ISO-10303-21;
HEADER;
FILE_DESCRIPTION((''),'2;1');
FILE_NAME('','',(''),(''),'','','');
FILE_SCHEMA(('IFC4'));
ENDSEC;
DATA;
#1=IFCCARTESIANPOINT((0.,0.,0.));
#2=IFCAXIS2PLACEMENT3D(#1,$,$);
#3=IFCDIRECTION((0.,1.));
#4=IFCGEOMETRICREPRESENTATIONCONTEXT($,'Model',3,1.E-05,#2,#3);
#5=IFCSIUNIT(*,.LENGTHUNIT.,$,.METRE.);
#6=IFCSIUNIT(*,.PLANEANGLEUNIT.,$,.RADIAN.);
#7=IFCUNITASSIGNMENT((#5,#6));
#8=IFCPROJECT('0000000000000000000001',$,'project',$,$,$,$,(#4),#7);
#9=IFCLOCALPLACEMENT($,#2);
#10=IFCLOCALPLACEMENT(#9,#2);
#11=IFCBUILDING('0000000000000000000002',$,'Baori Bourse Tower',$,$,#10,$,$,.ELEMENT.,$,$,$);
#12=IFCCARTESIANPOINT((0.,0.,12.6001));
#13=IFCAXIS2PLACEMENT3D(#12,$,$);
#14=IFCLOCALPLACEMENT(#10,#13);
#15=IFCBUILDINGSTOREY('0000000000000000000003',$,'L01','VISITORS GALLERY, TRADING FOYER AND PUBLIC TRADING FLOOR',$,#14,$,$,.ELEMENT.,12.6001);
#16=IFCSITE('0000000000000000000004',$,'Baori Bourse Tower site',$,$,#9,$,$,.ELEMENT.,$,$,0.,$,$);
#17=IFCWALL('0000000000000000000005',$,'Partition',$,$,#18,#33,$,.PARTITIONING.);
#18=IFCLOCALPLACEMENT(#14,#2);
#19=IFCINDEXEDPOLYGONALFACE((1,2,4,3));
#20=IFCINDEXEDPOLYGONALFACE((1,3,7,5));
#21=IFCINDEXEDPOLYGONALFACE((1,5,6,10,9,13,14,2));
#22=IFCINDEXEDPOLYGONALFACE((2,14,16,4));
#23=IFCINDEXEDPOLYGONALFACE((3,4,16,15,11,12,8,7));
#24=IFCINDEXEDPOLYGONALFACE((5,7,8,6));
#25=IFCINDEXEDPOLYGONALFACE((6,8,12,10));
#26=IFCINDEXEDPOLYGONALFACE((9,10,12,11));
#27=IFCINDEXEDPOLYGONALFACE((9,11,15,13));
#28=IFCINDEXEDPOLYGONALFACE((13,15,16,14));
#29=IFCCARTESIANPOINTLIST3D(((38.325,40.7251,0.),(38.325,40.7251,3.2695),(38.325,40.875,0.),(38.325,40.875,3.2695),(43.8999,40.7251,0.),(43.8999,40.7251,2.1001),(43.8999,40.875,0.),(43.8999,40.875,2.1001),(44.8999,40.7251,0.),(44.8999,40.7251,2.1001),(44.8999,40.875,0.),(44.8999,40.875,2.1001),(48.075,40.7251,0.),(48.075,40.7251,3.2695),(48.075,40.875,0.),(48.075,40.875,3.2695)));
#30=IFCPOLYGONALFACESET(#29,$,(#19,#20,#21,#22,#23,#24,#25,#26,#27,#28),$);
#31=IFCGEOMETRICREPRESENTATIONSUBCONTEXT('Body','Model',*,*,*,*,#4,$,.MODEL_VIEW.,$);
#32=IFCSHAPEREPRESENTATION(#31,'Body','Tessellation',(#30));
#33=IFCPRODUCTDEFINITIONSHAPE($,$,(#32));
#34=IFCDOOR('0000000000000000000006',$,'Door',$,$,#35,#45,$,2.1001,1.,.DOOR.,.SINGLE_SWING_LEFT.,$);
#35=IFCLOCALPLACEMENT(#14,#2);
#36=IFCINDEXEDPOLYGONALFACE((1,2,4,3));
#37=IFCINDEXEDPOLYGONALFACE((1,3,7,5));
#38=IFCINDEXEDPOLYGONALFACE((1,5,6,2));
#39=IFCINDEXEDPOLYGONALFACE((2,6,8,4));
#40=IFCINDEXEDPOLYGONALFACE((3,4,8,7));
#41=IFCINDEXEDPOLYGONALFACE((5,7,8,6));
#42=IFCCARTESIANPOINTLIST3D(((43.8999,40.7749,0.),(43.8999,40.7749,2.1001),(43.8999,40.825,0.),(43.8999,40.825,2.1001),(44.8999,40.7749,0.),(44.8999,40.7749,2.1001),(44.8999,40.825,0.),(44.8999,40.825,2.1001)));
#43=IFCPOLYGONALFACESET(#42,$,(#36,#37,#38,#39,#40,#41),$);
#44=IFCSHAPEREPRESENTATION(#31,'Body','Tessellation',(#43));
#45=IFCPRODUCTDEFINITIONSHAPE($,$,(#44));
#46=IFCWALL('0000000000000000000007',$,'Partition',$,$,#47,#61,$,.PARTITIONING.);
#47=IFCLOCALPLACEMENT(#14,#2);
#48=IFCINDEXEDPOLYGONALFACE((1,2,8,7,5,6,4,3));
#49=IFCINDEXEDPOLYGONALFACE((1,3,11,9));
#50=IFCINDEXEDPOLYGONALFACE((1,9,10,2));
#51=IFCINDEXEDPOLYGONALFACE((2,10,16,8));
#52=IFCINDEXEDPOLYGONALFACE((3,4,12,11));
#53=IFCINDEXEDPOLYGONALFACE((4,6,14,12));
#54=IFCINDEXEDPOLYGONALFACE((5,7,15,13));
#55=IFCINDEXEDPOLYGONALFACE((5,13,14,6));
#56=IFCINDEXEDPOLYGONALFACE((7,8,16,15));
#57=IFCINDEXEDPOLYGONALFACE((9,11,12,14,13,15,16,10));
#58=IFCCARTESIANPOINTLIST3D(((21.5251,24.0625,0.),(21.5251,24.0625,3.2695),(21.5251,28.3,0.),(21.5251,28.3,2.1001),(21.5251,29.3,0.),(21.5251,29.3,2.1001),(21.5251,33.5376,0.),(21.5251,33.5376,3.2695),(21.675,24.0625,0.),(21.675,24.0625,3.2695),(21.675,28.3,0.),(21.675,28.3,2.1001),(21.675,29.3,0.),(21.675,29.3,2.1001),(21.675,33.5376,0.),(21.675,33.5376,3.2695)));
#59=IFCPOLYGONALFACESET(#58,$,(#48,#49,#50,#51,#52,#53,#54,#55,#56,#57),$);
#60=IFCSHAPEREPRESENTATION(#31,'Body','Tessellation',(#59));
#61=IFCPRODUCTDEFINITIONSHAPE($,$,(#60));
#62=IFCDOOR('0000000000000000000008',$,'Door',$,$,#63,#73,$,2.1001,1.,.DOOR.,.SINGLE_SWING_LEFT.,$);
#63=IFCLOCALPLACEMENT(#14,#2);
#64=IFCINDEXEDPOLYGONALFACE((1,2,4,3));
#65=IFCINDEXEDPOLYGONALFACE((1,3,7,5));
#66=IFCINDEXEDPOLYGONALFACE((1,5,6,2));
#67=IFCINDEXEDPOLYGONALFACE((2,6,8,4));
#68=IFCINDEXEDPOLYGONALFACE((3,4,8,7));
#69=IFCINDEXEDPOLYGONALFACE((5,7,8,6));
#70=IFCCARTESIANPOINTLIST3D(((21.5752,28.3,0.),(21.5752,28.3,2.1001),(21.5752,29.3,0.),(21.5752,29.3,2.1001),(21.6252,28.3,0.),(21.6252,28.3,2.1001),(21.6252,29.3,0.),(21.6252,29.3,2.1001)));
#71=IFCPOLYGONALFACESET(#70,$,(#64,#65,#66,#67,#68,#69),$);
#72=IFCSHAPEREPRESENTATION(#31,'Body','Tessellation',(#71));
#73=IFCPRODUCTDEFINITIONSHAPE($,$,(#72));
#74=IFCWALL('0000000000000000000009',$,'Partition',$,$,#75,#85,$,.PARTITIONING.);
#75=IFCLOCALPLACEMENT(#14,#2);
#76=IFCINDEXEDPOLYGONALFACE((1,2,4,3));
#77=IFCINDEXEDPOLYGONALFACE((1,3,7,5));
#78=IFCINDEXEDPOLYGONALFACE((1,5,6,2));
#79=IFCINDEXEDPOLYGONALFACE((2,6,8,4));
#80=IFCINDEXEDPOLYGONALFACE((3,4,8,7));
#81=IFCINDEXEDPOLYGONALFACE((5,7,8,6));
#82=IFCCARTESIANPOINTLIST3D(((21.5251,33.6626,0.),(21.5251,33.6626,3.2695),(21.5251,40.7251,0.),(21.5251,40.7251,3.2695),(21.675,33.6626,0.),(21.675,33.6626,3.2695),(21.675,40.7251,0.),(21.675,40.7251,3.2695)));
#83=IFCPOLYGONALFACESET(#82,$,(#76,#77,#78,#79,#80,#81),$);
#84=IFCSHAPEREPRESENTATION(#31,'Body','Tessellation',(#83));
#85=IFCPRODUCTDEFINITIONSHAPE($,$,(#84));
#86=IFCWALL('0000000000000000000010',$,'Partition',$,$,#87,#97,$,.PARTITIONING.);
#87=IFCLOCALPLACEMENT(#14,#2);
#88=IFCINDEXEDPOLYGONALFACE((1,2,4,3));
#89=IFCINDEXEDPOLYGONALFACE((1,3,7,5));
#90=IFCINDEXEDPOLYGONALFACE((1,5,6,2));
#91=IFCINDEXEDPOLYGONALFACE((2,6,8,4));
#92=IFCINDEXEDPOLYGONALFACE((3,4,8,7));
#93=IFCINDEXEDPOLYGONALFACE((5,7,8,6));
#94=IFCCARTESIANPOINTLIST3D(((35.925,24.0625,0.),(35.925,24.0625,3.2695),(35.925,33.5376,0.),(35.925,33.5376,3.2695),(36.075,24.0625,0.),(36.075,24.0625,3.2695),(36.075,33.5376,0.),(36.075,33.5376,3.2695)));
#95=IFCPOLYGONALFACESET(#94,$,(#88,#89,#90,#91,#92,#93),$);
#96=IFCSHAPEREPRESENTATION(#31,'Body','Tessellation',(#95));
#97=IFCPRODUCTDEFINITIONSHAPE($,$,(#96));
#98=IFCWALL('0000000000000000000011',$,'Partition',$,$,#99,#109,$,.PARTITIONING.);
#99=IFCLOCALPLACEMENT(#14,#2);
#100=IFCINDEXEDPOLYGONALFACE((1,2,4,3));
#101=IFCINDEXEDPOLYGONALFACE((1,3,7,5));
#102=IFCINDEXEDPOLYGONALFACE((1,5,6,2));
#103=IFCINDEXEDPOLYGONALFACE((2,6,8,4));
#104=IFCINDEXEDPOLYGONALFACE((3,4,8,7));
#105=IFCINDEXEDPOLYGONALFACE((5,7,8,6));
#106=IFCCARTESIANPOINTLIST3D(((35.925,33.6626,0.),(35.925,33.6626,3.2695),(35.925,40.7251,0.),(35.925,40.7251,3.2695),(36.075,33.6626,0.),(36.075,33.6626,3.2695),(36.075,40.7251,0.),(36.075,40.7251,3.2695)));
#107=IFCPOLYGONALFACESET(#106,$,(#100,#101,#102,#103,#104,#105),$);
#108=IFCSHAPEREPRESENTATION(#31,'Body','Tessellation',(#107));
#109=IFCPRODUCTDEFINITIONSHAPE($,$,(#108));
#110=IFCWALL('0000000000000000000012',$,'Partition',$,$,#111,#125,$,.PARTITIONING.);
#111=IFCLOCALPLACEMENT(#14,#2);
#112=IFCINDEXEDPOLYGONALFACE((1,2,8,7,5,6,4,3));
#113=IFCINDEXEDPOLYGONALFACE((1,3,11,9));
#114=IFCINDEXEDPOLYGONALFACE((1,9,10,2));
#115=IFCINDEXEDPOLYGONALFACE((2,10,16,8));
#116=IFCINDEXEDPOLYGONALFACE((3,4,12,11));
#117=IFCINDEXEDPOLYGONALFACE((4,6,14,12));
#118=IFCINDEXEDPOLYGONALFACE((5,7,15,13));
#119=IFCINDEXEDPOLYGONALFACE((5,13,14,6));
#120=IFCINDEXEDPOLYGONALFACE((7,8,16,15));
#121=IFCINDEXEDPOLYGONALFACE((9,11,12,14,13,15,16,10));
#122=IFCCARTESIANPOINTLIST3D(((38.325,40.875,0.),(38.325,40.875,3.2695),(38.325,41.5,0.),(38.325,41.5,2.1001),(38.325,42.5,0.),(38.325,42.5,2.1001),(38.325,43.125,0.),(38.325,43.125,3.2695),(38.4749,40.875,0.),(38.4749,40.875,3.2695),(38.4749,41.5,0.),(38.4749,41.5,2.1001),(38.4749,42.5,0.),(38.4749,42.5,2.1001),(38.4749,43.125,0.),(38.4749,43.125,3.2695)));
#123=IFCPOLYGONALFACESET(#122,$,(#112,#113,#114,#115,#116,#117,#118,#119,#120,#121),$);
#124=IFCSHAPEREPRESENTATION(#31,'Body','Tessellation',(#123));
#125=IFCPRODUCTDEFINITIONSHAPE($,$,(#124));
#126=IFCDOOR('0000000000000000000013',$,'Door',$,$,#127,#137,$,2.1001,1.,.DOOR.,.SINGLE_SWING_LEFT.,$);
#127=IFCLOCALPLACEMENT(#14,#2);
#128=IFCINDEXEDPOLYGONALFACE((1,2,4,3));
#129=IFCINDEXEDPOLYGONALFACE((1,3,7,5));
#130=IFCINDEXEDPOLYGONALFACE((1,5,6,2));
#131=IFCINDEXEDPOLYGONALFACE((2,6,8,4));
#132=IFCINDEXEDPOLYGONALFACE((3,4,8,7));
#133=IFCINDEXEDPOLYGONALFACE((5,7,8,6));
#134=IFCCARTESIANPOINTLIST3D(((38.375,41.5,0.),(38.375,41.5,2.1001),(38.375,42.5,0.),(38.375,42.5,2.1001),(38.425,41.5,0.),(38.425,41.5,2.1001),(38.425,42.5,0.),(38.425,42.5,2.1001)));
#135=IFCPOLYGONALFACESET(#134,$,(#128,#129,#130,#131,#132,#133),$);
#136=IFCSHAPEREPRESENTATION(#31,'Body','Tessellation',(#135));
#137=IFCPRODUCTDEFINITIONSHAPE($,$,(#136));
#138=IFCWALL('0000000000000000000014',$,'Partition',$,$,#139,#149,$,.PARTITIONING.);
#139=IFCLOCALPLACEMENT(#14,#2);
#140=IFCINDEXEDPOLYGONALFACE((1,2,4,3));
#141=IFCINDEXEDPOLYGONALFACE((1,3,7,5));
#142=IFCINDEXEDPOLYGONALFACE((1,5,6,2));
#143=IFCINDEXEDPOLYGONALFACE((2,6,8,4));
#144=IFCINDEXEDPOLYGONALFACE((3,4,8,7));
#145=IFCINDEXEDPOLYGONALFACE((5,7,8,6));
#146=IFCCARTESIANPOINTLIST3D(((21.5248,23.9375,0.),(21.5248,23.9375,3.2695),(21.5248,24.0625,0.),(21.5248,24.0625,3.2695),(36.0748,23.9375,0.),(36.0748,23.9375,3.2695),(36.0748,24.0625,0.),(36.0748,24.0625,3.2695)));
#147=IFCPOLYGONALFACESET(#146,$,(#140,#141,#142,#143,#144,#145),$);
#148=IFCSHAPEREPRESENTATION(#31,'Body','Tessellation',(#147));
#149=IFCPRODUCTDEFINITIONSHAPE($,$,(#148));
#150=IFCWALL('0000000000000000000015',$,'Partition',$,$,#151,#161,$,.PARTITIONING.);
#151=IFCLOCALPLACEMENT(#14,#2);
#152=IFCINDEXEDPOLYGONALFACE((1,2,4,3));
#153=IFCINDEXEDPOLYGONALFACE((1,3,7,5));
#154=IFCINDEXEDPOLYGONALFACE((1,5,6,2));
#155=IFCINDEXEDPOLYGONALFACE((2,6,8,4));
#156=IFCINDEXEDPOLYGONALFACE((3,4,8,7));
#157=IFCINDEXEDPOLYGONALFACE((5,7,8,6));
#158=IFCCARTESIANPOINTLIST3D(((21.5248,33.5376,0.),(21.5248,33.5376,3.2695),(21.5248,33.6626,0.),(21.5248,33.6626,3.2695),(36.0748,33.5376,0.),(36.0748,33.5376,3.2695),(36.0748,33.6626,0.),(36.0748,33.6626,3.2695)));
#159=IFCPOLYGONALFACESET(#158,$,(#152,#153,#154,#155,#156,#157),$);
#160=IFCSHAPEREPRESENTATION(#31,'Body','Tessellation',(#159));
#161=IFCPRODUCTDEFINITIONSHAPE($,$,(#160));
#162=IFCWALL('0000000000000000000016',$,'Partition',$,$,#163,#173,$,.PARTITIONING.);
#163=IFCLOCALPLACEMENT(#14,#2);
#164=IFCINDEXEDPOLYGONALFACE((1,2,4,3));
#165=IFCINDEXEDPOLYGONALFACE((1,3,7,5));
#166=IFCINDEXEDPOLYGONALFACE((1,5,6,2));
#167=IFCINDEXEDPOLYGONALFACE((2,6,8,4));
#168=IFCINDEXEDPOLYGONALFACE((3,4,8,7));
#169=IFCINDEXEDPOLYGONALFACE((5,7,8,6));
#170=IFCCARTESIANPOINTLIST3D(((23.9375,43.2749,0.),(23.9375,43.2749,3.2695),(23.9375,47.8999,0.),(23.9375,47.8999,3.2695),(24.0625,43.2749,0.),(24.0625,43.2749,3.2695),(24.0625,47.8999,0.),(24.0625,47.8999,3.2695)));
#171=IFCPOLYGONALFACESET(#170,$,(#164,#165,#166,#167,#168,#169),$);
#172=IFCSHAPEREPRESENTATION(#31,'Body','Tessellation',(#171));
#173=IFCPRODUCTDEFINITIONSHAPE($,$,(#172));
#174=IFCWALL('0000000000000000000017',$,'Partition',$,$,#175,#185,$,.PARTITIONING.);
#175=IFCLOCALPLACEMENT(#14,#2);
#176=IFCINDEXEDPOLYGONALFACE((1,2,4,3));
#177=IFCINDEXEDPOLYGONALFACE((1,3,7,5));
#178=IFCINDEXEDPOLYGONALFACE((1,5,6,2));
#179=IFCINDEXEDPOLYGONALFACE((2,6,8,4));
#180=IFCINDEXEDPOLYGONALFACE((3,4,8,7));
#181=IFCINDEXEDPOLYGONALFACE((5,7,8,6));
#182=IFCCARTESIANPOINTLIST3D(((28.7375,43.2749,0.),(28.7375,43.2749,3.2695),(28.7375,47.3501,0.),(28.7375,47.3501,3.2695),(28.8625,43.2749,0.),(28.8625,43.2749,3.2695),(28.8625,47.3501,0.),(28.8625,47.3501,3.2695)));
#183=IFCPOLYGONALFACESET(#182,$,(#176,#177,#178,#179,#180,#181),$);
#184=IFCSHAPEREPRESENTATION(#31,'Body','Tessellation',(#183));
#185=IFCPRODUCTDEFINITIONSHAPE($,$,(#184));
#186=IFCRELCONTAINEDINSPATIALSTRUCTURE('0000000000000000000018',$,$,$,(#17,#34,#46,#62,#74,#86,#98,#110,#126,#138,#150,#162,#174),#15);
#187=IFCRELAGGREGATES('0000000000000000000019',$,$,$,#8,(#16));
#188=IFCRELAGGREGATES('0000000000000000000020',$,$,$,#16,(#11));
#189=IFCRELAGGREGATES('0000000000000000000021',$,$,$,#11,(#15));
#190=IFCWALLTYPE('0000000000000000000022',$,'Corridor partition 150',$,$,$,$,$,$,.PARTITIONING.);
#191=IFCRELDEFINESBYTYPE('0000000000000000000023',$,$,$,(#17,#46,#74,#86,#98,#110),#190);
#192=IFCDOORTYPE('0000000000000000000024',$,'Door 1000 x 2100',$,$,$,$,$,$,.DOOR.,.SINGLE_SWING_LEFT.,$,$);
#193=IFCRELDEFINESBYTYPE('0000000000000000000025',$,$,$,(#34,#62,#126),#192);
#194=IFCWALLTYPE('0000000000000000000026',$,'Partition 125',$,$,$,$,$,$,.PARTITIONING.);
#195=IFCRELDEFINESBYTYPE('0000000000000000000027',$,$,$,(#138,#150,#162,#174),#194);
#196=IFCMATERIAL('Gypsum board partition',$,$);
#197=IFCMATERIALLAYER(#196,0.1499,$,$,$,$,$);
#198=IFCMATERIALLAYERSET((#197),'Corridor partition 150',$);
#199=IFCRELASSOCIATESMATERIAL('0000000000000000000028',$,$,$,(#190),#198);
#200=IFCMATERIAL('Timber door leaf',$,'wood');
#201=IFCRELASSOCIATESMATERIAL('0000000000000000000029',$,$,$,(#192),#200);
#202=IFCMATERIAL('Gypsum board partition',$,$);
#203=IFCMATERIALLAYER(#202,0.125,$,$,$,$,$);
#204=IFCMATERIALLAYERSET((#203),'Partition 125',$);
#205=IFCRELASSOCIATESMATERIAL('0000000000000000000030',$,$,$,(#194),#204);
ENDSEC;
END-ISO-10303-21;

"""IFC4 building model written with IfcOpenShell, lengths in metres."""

from ifc_helpers import new_model, si_unit, direction, frame, frame_2d, origin, place, context, subcontext, project, spatial, rectangle, extrude, material, layer, layer_set, type_object, element, fill, save


model = new_model("IFC4")

# Units and contexts
model_context = context("Model", 3, precision=1e-05, world=origin(), true_north=direction((0.0, 1.0)))
body_context = subcontext(model_context, "Body", "Model", "MODEL_VIEW")
ifc_project = project(units=[si_unit("LENGTHUNIT", "METRE"), si_unit("PLANEANGLEUNIT", "RADIAN")], contexts=[model_context])

# Site, building, storey
site_placement = place(None, origin())
site = spatial("IfcSite", under=ifc_project, at=site_placement, Name="Baori Bourse Tower site", CompositionType="ELEMENT", RefElevation=0.0)
building_placement = place(site_placement, origin())
building = spatial("IfcBuilding", under=site, at=building_placement, Name="Baori Bourse Tower", CompositionType="ELEMENT")
storey_placement = place(building_placement, frame((0.0, 0.0, 12.6001)))
storey = spatial("IfcBuildingStorey", under=building, at=storey_placement, Name="L01", Description="VISITORS GALLERY, TRADING FOYER AND PUBLIC TRADING FLOOR", CompositionType="ELEMENT", Elevation=12.6001)

# Walls, openings, doors
ifc_material_1 = material(Name="Gypsum board partition")
ifc_layer_1 = layer(ifc_material_1, 0.1499)
ifc_layer_set_1 = layer_set([ifc_layer_1], Name="Corridor partition 150")
wall_type_1 = type_object("IfcWallType", Name="Corridor partition 150", PredefinedType="PARTITIONING", material=ifc_layer_set_1)
ifc_material_2 = material(Name="Timber door leaf", Category="wood")
door_type_1 = type_object("IfcDoorType", Name="Door 1000 x 2100", OperationType="SINGLE_SWING_LEFT", PredefinedType="DOOR", material=ifc_material_2)
wall_1_placement = place(storey_placement, frame((38.325, 40.8, 0.0), z_axis=(0.0, 0.0, 1.0), x_axis=(1.0, 0.0, 0.0)))
wall_1 = element("IfcWall", 1, at=wall_1_placement, inside=storey, type_object=wall_type_1, Name="Partition", PredefinedType="PARTITIONING", context=body_context, shape_type="SweptSolid", body=[
    extrude(rectangle(XDim=9.75, YDim=0.1499, at=frame_2d((4.875, 0.0))), origin(), (0.0, 0.0, 1.0), 3.2695),
])
opening_1_placement = place(wall_1_placement, frame((5.575, 0.0, 0.0)))
opening_1 = element("IfcOpeningElement", 2, at=opening_1_placement, cuts=wall_1, PredefinedType="OPENING", context=body_context, shape_type="SweptSolid", body=[
    extrude(rectangle(XDim=1.0, YDim=2.1001, at=frame_2d((0.5, 1.05))), frame((0.0, 0.085, 0.0), z_axis=(0.0, -1.0, 0.0), x_axis=(1.0, 0.0, 0.0)), (0.0, 0.0, 1.0), 0.1699),
])
door_1_placement = place(opening_1_placement, origin())
door_1 = element("IfcDoor", 3, at=door_1_placement, inside=storey, type_object=door_type_1, Name="Door", OperationType="SINGLE_SWING_LEFT", OverallHeight=2.1001, OverallWidth=1.0, PredefinedType="DOOR", context=body_context, shape_type="SweptSolid", body=[
    extrude(rectangle(XDim=1.0, YDim=2.1001, at=frame_2d((0.5, 1.05))), frame((0.0, 0.0249, 0.0), z_axis=(0.0, -1.0, 0.0), x_axis=(1.0, 0.0, 0.0)), (0.0, 0.0, 1.0), 0.05),
])
fill(opening_1, door_1)
wall_2_placement = place(storey_placement, frame((21.6001, 24.0625, 0.0), z_axis=(0.0, 0.0, 1.0), x_axis=(0.0, 1.0, 0.0)))
wall_2 = element("IfcWall", 4, at=wall_2_placement, inside=storey, type_object=wall_type_1, Name="Partition", PredefinedType="PARTITIONING", context=body_context, shape_type="SweptSolid", body=[
    extrude(rectangle(XDim=9.4751, YDim=0.1499, at=frame_2d((4.7375, 0.0))), origin(), (0.0, 0.0, 1.0), 3.2695),
])
opening_2_placement = place(wall_2_placement, frame((4.2375, 0.0, 0.0)))
opening_2 = element("IfcOpeningElement", 5, at=opening_2_placement, cuts=wall_2, PredefinedType="OPENING", context=body_context, shape_type="SweptSolid", body=[
    extrude(rectangle(XDim=1.0, YDim=2.1001, at=frame_2d((0.5, 1.05))), frame((0.0, 0.085, 0.0), z_axis=(0.0, -1.0, 0.0), x_axis=(1.0, 0.0, 0.0)), (0.0, 0.0, 1.0), 0.1699),
])
door_2_placement = place(opening_2_placement, origin())
door_2 = element("IfcDoor", 6, at=door_2_placement, inside=storey, type_object=door_type_1, Name="Door", OperationType="SINGLE_SWING_LEFT", OverallHeight=2.1001, OverallWidth=1.0, PredefinedType="DOOR", context=body_context, shape_type="SweptSolid", body=[
    extrude(rectangle(XDim=1.0, YDim=2.1001, at=frame_2d((0.5, 1.05))), frame((0.0, 0.0249, 0.0), z_axis=(0.0, -1.0, 0.0), x_axis=(1.0, 0.0, 0.0)), (0.0, 0.0, 1.0), 0.05),
])
fill(opening_2, door_2)

# Walls
wall_3_placement = place(storey_placement, frame((21.6001, 33.6626, 0.0), z_axis=(0.0, 0.0, 1.0), x_axis=(0.0, 1.0, 0.0)))
element("IfcWall", 7, at=wall_3_placement, inside=storey, type_object=wall_type_1, Name="Partition", PredefinedType="PARTITIONING", context=body_context, shape_type="SweptSolid", body=[
    extrude(rectangle(XDim=7.0625, YDim=0.1499, at=frame_2d((3.5312, 0.0))), origin(), (0.0, 0.0, 1.0), 3.2695),
])
wall_4_placement = place(storey_placement, frame((36.0, 24.0625, 0.0), z_axis=(0.0, 0.0, 1.0), x_axis=(0.0, 1.0, 0.0)))
element("IfcWall", 8, at=wall_4_placement, inside=storey, type_object=wall_type_1, Name="Partition", PredefinedType="PARTITIONING", context=body_context, shape_type="SweptSolid", body=[
    extrude(rectangle(XDim=9.4751, YDim=0.1499, at=frame_2d((4.7375, 0.0))), origin(), (0.0, 0.0, 1.0), 3.2695),
])
wall_5_placement = place(storey_placement, frame((36.0, 33.6626, 0.0), z_axis=(0.0, 0.0, 1.0), x_axis=(0.0, 1.0, 0.0)))
element("IfcWall", 9, at=wall_5_placement, inside=storey, type_object=wall_type_1, Name="Partition", PredefinedType="PARTITIONING", context=body_context, shape_type="SweptSolid", body=[
    extrude(rectangle(XDim=7.0625, YDim=0.1499, at=frame_2d((3.5312, 0.0))), origin(), (0.0, 0.0, 1.0), 3.2695),
])

# Wall, opening, door
wall_6_placement = place(storey_placement, frame((38.3999, 40.875, 0.0), z_axis=(0.0, 0.0, 1.0), x_axis=(0.0, 1.0, 0.0)))
wall_6 = element("IfcWall", 10, at=wall_6_placement, inside=storey, type_object=wall_type_1, Name="Partition", PredefinedType="PARTITIONING", context=body_context, shape_type="SweptSolid", body=[
    extrude(rectangle(XDim=2.25, YDim=0.1499, at=frame_2d((1.125, 0.0))), origin(), (0.0, 0.0, 1.0), 3.2695),
])
opening_3_placement = place(wall_6_placement, frame((0.625, 0.0, 0.0)))
opening_3 = element("IfcOpeningElement", 11, at=opening_3_placement, cuts=wall_6, PredefinedType="OPENING", context=body_context, shape_type="SweptSolid", body=[
    extrude(rectangle(XDim=1.0, YDim=2.1001, at=frame_2d((0.5, 1.05))), frame((0.0, 0.085, 0.0), z_axis=(0.0, -1.0, 0.0), x_axis=(1.0, 0.0, 0.0)), (0.0, 0.0, 1.0), 0.1699),
])
door_3_placement = place(opening_3_placement, origin())
door_3 = element("IfcDoor", 12, at=door_3_placement, inside=storey, type_object=door_type_1, Name="Door", OperationType="SINGLE_SWING_LEFT", OverallHeight=2.1001, OverallWidth=1.0, PredefinedType="DOOR", context=body_context, shape_type="SweptSolid", body=[
    extrude(rectangle(XDim=1.0, YDim=2.1001, at=frame_2d((0.5, 1.05))), frame((0.0, 0.0249, 0.0), z_axis=(0.0, -1.0, 0.0), x_axis=(1.0, 0.0, 0.0)), (0.0, 0.0, 1.0), 0.05),
])
fill(opening_3, door_3)

# Walls
ifc_material_3 = material(Name="Gypsum board partition")
ifc_layer_2 = layer(ifc_material_3, 0.125)
ifc_layer_set_2 = layer_set([ifc_layer_2], Name="Partition 125")
wall_type_2 = type_object("IfcWallType", Name="Partition 125", PredefinedType="PARTITIONING", material=ifc_layer_set_2)
for number, where, z_axis, x_axis, name in (
    (13, (21.5249, 24.0, 0.0), (0.0, 0.0, 1.0), (1.0, 0.0, 0.0), "Partition"),
    (14, (21.5249, 33.6001, 0.0), (0.0, 0.0, 1.0), (1.0, 0.0, 0.0), "Partition"),
):
    element("IfcWall", number, at=place(storey_placement, frame(where, z_axis=z_axis, x_axis=x_axis)), inside=storey, type_object=wall_type_2, Name=name, PredefinedType="PARTITIONING", context=body_context, shape_type="SweptSolid", body=[
        extrude(rectangle(XDim=14.55, YDim=0.125, at=frame_2d((7.2749, 0.0))), origin(), (0.0, 0.0, 1.0), 3.2695),
    ])
wall_7_placement = place(storey_placement, frame((24.0, 43.2749, 0.0), z_axis=(0.0, 0.0, 1.0), x_axis=(0.0, 1.0, 0.0)))
element("IfcWall", 15, at=wall_7_placement, inside=storey, type_object=wall_type_2, Name="Partition", PredefinedType="PARTITIONING", context=body_context, shape_type="SweptSolid", body=[
    extrude(rectangle(XDim=4.625, YDim=0.125, at=frame_2d((2.3125, 0.0))), origin(), (0.0, 0.0, 1.0), 3.2695),
])
for number, where, z_axis, x_axis, name in (
    (16, (28.8, 43.2749, 0.0), (0.0, 0.0, 1.0), (0.0, 1.0, 0.0), "Partition"),
):
    element("IfcWall", number, at=place(storey_placement, frame(where, z_axis=z_axis, x_axis=x_axis)), inside=storey, type_object=wall_type_2, Name=name, PredefinedType="PARTITIONING", context=body_context, shape_type="SweptSolid", body=[
        extrude(rectangle(XDim=4.0752, YDim=0.125, at=frame_2d((2.0376, 0.0))), origin(), (0.0, 0.0, 1.0), 3.2695),
    ])

save(model, "model.ifc")
